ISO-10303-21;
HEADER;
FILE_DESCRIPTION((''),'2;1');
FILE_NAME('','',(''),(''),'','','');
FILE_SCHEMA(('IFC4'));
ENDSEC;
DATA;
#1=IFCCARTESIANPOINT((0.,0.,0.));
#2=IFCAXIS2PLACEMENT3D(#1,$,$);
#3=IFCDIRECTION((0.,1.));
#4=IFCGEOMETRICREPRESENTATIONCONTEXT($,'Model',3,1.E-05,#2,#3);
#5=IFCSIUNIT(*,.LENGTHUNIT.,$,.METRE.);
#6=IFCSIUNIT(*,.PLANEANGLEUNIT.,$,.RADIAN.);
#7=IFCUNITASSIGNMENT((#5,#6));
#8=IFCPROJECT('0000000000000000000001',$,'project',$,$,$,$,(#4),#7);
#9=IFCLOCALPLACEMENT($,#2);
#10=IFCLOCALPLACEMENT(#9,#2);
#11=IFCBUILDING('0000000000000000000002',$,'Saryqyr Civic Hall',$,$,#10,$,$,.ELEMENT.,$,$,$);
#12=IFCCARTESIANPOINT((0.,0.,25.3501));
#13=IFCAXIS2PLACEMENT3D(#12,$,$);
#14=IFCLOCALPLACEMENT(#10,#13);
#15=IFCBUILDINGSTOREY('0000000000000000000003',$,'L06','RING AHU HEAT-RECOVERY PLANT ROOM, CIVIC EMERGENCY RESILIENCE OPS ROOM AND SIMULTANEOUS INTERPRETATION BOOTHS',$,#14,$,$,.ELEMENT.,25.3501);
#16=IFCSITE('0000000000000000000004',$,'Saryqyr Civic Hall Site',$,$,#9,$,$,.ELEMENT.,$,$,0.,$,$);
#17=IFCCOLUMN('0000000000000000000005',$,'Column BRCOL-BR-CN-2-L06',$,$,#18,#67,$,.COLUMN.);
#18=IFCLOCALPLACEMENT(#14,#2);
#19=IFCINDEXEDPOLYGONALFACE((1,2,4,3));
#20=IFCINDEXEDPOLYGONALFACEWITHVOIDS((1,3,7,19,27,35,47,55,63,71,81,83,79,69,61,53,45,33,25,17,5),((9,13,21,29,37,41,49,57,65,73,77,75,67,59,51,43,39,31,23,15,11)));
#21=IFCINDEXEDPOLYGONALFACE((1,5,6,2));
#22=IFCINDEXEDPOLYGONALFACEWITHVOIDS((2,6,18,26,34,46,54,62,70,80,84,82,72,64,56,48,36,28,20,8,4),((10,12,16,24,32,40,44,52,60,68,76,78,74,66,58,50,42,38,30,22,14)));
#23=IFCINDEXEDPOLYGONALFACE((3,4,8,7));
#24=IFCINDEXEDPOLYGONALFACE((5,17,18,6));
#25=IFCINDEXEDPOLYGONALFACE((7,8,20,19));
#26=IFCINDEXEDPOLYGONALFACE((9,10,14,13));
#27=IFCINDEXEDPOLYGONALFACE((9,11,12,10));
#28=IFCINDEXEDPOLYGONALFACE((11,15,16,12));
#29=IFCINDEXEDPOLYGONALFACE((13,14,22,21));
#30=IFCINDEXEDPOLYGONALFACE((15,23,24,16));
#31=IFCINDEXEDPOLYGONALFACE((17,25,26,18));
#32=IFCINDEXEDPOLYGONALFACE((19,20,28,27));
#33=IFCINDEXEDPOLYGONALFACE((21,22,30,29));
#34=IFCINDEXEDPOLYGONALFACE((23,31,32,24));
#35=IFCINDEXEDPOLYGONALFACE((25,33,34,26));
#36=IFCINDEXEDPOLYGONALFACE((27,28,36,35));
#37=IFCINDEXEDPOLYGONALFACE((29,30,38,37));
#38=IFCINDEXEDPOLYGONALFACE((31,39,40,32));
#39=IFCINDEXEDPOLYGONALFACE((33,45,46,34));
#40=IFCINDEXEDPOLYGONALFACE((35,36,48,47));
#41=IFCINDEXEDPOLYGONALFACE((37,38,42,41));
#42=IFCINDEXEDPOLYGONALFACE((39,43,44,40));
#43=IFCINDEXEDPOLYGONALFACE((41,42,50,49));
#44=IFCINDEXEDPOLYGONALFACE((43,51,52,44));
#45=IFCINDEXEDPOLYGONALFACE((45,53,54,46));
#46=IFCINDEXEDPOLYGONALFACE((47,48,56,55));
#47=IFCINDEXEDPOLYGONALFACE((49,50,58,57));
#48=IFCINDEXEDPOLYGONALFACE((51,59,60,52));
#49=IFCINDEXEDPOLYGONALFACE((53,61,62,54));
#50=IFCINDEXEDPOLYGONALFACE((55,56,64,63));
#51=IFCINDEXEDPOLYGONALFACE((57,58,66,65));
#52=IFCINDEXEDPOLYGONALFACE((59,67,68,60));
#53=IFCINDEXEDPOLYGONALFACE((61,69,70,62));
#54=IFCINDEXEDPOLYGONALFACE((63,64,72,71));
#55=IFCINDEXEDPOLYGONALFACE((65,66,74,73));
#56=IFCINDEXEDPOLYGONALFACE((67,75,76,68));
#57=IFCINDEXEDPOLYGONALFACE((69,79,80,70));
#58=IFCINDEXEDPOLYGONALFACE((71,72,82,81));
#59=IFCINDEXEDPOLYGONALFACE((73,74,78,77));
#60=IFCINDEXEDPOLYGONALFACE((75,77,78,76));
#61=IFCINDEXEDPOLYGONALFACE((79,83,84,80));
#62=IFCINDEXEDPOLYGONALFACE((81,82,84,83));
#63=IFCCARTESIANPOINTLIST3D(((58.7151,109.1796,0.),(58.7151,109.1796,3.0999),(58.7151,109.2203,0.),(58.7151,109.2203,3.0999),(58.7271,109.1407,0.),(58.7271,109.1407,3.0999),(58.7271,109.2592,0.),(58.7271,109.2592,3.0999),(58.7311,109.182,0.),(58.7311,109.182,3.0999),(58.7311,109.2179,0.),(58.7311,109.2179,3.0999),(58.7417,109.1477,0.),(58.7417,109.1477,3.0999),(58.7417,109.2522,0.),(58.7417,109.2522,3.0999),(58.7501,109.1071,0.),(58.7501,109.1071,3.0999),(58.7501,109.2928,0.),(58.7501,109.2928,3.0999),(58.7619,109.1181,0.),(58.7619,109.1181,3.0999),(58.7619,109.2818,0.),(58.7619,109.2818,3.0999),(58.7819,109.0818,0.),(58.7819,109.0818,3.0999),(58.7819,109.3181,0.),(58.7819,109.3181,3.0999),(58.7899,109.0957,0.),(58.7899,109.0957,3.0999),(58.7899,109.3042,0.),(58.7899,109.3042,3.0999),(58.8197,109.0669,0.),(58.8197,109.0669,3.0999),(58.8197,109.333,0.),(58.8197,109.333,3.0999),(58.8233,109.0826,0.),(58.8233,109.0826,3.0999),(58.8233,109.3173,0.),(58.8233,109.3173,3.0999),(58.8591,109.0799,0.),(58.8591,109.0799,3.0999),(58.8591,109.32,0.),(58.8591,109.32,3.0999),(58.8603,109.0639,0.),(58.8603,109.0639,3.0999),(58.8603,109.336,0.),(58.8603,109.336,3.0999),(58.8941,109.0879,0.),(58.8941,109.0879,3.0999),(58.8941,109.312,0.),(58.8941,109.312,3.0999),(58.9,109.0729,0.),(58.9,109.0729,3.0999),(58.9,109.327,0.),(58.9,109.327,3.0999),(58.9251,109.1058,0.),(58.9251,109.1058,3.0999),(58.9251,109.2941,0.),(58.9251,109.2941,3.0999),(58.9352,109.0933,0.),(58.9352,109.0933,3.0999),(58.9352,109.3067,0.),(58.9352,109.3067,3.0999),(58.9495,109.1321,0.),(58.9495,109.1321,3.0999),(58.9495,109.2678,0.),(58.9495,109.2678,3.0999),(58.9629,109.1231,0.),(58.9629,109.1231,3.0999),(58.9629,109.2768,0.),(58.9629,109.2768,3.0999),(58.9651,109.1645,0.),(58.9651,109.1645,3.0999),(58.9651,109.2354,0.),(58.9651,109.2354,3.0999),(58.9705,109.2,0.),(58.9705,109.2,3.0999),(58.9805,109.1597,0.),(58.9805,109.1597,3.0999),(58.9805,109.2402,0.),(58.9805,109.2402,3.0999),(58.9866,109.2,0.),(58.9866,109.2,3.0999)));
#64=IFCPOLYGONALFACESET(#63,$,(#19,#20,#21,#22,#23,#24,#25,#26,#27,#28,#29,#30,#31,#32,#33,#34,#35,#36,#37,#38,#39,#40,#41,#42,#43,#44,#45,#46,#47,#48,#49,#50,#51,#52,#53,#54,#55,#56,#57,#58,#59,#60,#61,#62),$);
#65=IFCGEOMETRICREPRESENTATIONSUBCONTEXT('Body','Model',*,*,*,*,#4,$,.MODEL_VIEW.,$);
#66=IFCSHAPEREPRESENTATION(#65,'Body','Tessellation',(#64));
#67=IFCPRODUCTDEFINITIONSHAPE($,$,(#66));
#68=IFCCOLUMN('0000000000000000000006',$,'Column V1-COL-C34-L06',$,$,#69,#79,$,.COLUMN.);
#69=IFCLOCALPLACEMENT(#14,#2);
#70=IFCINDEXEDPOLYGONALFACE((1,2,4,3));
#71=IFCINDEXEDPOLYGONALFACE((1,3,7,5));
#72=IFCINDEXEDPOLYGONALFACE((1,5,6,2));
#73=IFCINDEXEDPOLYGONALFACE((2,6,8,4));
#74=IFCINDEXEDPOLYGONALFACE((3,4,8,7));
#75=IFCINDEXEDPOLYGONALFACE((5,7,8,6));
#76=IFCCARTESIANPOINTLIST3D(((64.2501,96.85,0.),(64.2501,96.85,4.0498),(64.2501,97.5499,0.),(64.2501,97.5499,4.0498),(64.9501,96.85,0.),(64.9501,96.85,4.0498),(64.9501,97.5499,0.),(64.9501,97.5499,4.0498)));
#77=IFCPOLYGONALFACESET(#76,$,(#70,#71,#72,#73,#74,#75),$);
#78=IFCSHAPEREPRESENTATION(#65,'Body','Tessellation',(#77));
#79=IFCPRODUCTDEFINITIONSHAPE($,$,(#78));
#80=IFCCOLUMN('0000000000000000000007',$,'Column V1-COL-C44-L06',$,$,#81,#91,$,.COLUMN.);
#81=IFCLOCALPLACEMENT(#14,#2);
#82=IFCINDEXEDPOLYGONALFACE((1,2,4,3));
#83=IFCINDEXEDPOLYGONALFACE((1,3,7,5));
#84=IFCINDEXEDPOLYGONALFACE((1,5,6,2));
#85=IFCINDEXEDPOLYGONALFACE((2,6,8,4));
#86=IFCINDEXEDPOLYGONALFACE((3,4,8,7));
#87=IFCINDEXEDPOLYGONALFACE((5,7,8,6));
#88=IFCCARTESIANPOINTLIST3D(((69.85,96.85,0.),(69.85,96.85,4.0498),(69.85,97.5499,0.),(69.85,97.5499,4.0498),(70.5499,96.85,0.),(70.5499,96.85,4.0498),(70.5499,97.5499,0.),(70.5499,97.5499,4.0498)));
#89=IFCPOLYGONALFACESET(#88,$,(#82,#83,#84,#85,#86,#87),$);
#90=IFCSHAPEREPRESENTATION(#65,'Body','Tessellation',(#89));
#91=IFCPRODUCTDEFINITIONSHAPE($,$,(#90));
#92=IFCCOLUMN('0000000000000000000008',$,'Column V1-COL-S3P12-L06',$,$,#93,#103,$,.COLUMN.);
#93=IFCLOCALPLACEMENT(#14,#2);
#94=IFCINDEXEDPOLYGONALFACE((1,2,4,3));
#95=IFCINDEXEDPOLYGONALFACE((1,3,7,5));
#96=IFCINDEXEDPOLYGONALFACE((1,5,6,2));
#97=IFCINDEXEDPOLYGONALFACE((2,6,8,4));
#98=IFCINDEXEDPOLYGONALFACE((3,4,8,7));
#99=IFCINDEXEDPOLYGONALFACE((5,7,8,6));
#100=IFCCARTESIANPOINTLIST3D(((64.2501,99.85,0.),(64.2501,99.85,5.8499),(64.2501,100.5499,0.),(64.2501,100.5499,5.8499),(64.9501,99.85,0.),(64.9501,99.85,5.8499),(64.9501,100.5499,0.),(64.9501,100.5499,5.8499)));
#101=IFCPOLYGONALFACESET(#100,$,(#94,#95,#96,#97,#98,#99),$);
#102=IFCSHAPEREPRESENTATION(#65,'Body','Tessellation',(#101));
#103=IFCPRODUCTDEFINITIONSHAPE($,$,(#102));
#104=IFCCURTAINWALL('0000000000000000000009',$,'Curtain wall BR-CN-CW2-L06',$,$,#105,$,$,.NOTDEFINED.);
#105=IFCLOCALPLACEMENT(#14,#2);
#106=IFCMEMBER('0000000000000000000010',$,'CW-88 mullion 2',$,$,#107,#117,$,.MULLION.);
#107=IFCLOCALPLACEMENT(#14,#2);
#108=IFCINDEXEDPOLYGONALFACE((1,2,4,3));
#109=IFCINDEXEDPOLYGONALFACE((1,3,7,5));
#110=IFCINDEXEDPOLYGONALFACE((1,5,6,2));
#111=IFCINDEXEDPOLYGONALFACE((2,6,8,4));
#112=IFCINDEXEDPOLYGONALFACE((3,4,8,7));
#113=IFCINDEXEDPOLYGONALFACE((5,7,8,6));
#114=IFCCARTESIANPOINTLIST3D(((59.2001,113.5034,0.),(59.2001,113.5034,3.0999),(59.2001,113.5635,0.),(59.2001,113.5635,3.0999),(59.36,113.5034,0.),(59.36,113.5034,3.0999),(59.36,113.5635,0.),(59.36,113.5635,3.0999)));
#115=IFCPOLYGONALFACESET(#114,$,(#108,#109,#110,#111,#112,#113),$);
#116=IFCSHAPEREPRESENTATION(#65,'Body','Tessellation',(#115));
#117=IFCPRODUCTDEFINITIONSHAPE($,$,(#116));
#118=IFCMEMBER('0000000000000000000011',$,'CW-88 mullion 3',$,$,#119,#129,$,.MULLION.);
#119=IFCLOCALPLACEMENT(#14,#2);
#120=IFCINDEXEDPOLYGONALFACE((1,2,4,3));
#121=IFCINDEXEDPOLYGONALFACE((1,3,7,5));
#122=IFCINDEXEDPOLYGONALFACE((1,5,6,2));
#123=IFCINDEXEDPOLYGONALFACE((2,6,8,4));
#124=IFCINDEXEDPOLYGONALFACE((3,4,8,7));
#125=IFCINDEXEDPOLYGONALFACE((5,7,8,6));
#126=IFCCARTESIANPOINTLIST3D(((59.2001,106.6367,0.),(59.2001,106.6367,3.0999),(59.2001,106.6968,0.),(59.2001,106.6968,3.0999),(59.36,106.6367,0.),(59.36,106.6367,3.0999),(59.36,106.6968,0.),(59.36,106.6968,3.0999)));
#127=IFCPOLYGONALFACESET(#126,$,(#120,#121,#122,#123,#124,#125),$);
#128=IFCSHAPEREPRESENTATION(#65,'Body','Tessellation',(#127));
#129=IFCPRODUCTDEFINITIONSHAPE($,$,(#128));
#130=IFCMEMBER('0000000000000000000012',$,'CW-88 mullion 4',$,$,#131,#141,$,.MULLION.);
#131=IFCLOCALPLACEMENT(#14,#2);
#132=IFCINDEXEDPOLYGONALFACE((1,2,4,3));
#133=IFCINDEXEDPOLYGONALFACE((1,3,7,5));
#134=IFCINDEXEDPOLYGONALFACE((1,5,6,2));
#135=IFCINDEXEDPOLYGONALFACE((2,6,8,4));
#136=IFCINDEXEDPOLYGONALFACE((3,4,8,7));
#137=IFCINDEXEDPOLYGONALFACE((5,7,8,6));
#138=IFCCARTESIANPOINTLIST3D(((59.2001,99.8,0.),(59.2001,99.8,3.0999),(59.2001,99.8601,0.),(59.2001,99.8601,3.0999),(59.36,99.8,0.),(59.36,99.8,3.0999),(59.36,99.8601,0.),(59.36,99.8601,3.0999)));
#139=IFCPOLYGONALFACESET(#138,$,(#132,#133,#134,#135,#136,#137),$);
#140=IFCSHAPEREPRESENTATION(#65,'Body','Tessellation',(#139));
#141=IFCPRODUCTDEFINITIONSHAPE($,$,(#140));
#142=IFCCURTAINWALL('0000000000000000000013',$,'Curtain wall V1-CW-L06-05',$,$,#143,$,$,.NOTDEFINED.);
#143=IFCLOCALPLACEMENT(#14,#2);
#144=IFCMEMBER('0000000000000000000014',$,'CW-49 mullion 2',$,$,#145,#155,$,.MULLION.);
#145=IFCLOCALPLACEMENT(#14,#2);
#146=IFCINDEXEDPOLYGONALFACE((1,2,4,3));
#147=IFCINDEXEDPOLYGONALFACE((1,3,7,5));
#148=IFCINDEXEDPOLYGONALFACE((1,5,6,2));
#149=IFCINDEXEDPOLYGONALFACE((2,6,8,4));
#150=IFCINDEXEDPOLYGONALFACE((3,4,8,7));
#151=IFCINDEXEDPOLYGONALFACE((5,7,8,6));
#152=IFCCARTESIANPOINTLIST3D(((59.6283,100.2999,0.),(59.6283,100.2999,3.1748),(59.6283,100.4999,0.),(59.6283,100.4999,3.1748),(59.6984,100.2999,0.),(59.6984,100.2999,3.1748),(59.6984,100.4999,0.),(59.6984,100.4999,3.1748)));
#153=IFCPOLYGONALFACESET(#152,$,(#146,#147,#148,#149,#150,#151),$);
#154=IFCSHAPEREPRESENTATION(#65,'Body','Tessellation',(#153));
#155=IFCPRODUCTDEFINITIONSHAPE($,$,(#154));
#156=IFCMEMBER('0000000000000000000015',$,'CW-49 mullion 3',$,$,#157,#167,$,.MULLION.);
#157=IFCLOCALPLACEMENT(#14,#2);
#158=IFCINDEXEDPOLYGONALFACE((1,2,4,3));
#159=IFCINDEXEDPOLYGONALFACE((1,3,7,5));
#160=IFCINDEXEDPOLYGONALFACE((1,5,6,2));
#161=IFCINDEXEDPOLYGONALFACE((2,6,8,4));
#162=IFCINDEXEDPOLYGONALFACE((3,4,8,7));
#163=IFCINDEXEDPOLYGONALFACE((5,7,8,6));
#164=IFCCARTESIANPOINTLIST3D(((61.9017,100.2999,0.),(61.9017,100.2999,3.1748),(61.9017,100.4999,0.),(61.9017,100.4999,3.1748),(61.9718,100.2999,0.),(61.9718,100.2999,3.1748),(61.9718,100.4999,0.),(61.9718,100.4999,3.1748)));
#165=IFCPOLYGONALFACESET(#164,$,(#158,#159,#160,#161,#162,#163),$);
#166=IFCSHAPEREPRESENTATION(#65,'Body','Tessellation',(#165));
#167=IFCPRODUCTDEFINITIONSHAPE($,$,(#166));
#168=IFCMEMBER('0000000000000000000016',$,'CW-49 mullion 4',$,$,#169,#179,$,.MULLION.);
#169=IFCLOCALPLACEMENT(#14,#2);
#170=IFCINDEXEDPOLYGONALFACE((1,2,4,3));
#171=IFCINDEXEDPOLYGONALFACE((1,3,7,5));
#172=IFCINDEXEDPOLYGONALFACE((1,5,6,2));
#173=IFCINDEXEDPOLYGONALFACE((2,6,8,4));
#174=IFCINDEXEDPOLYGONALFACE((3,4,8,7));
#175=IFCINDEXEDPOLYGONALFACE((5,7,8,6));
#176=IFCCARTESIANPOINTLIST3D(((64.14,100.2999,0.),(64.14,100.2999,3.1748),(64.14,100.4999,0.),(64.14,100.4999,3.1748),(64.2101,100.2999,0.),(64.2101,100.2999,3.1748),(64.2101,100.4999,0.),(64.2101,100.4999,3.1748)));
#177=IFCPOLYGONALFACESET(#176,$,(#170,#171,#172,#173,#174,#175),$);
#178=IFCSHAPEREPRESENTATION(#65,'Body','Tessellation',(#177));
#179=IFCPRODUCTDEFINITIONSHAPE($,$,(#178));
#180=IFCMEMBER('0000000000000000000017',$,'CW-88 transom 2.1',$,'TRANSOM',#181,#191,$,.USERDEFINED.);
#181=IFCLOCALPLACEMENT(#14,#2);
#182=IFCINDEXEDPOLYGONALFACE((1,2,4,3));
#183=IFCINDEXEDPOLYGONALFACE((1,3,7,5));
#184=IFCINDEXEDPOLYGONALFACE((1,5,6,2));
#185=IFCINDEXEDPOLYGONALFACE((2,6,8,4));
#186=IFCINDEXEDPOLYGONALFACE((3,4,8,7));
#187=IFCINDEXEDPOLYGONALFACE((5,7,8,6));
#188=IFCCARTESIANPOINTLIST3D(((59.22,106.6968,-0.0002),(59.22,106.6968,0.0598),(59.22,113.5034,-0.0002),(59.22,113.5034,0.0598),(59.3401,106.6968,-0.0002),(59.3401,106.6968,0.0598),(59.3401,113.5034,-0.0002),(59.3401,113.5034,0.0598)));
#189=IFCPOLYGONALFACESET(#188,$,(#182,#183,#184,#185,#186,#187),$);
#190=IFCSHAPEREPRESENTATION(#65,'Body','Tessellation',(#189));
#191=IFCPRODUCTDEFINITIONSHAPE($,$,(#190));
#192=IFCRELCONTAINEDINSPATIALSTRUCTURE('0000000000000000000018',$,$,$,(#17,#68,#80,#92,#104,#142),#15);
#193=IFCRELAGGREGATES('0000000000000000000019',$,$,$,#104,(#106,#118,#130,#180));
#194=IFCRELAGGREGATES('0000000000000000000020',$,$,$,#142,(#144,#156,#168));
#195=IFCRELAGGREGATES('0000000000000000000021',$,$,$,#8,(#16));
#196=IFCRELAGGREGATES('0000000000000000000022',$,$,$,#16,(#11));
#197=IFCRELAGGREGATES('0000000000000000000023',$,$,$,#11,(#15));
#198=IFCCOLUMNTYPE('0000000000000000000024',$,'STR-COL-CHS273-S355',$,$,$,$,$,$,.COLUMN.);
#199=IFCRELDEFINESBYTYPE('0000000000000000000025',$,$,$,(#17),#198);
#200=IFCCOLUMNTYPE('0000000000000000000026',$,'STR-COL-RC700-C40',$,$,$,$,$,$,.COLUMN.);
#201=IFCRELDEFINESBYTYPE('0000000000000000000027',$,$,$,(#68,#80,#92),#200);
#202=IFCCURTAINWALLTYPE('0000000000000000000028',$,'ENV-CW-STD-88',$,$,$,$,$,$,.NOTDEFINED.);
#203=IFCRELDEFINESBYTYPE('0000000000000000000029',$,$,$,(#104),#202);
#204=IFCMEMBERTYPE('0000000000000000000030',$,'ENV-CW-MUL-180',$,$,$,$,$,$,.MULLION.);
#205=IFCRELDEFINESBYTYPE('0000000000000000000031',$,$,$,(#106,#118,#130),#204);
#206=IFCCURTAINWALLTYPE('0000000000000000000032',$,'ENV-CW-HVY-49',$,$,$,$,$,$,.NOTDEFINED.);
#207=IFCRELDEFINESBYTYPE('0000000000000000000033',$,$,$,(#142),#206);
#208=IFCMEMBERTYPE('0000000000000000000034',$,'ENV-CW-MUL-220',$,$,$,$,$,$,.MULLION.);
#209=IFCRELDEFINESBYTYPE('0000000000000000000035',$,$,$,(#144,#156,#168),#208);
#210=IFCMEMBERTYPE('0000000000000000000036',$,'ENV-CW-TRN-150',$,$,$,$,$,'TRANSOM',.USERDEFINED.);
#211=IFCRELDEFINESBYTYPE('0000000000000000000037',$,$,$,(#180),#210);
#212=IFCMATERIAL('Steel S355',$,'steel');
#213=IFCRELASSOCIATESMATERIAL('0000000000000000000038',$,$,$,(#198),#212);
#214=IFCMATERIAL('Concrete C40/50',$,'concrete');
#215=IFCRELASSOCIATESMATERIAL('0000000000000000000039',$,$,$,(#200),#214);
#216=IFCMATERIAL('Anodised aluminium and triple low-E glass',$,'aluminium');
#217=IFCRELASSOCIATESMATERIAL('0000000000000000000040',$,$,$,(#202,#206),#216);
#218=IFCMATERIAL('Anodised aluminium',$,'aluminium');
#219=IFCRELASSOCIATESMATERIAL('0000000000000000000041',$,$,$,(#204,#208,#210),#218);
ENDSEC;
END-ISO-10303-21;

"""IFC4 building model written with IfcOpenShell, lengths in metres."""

from ifc_helpers import new_model, si_unit, direction, frame, origin, origin_2d, place, context, subcontext, project, spatial, rectangle, hollow_circle, extrude, material, material_profile, profile_set, type_object, element, aggregate, save


model = new_model("IFC4")

# Units and contexts
model_context = context("Model", 3, precision=1e-05, world=origin(), true_north=direction((0.0, 1.0)))
body_context = subcontext(model_context, "Body", "Model", "MODEL_VIEW")
ifc_project = project(units=[si_unit("LENGTHUNIT", "METRE"), si_unit("PLANEANGLEUNIT", "RADIAN")], contexts=[model_context])

# Site, building, storey
site_placement = place(None, origin())
site = spatial("IfcSite", under=ifc_project, at=site_placement, Name="Saryqyr Civic Hall Site", CompositionType="ELEMENT", RefElevation=0.0)
building_placement = place(site_placement, origin())
building = spatial("IfcBuilding", under=site, at=building_placement, Name="Saryqyr Civic Hall", CompositionType="ELEMENT")
storey_placement = place(building_placement, frame((0.0, 0.0, 25.3501)))
storey = spatial("IfcBuildingStorey", under=building, at=storey_placement, Name="L06", Description="RING AHU HEAT-RECOVERY PLANT ROOM, CIVIC EMERGENCY RESILIENCE OPS ROOM AND SIMULTANEOUS INTERPRETATION BOOTHS", CompositionType="ELEMENT", Elevation=25.3501)

# Columns
ifc_material_1 = material(Name="Steel S355", Category="steel")
ifc_material_profile_1 = material_profile(ifc_material_1, hollow_circle(Radius=0.1365, WallThickness=0.0161, at=origin_2d()), Name="CHS 273x16")
ifc_profile_set_1 = profile_set([ifc_material_profile_1], Name="Steel S355")
column_type_1 = type_object("IfcColumnType", Name="STR-COL-CHS273-S355", PredefinedType="COLUMN", material=ifc_profile_set_1)
column_1_placement = place(storey_placement, frame((58.8501, 109.2, 0.0), z_axis=(0.0, 0.0, 1.0), x_axis=(1.0, 0.0, 0.0)))
element("IfcColumn", 1, at=column_1_placement, inside=storey, type_object=column_type_1, Name="Column BRCOL-BR-CN-2-L06", PredefinedType="COLUMN", context=body_context, shape_type="SweptSolid", body=[
    extrude(hollow_circle(Radius=0.1365, WallThickness=0.0161, at=origin_2d()), origin(), (0.0, 0.0, 1.0), 3.0999),
])
ifc_material_2 = material(Name="Concrete C40/50", Category="concrete")
ifc_material_profile_2 = material_profile(ifc_material_2, rectangle(XDim=0.7, YDim=0.7, at=origin_2d()), Name="RC 700x700")
ifc_profile_set_2 = profile_set([ifc_material_profile_2], Name="Concrete C40/50")
column_type_2 = type_object("IfcColumnType", Name="STR-COL-RC700-C40", PredefinedType="COLUMN", material=ifc_profile_set_2)
for number, where, z_axis, x_axis, name in (
    (2, (64.6001, 97.2, 0.0), (0.0, 0.0, 1.0), (1.0, 0.0, 0.0), "Column V1-COL-C34-L06"),
    (3, (70.2, 97.2, 0.0), (0.0, 0.0, 1.0), (1.0, 0.0, 0.0), "Column V1-COL-C44-L06"),
):
    element("IfcColumn", number, at=place(storey_placement, frame(where, z_axis=z_axis, x_axis=x_axis)), inside=storey, type_object=column_type_2, Name=name, PredefinedType="COLUMN", context=body_context, shape_type="SweptSolid", body=[
        extrude(rectangle(XDim=0.7, YDim=0.7, at=origin_2d()), origin(), (0.0, 0.0, 1.0), 4.0498),
    ])
column_2_placement = place(storey_placement, frame((64.6001, 100.2, 0.0), z_axis=(0.0, 0.0, 1.0), x_axis=(1.0, 0.0, 0.0)))
element("IfcColumn", 4, at=column_2_placement, inside=storey, type_object=column_type_2, Name="Column V1-COL-S3P12-L06", PredefinedType="COLUMN", context=body_context, shape_type="SweptSolid", body=[
    extrude(rectangle(XDim=0.7, YDim=0.7, at=origin_2d()), origin(), (0.0, 0.0, 1.0), 5.8499),
])

# Curtain walls, members
ifc_material_3 = material(Name="Anodised aluminium and triple low-E glass", Category="aluminium")
curtain_wall_type_1 = type_object("IfcCurtainWallType", Name="ENV-CW-STD-88", PredefinedType="NOTDEFINED", material=ifc_material_3)
curtain_wall_1_placement = place(storey_placement, origin())
curtain_wall_1 = element("IfcCurtainWall", 5, at=curtain_wall_1_placement, inside=storey, type_object=curtain_wall_type_1, Name="Curtain wall BR-CN-CW2-L06", PredefinedType="NOTDEFINED")
ifc_material_4 = material(Name="Anodised aluminium", Category="aluminium")
ifc_material_profile_3 = material_profile(ifc_material_4, rectangle(XDim=0.0601, YDim=0.1599, at=origin_2d()), Name="ALU MULLION 60x160")
ifc_profile_set_3 = profile_set([ifc_material_profile_3], Name="Anodised aluminium")
member_type_1 = type_object("IfcMemberType", Name="ENV-CW-MUL-180", PredefinedType="MULLION", material=ifc_profile_set_3)
member_1_placement = place(storey_placement, frame((59.28, 113.5334, 0.0), z_axis=(0.0, 0.0, 1.0), x_axis=(0.0, -1.0, 0.0)))
member_1 = element("IfcMember", 6, at=member_1_placement, type_object=member_type_1, Name="CW-88 mullion 2", PredefinedType="MULLION", context=body_context, shape_type="SweptSolid", body=[
    extrude(rectangle(XDim=0.0601, YDim=0.1599, at=origin_2d()), origin(), (0.0, 0.0, 1.0), 3.0999),
])
member_2_placement = place(storey_placement, frame((59.28, 106.6667, 0.0), z_axis=(0.0, 0.0, 1.0), x_axis=(0.0, -1.0, 0.0)))
member_2 = element("IfcMember", 7, at=member_2_placement, type_object=member_type_1, Name="CW-88 mullion 3", PredefinedType="MULLION", context=body_context, shape_type="SweptSolid", body=[
    extrude(rectangle(XDim=0.0601, YDim=0.1599, at=origin_2d()), origin(), (0.0, 0.0, 1.0), 3.0999),
])
member_3_placement = place(storey_placement, frame((59.28, 99.8301, 0.0), z_axis=(0.0, 0.0, 1.0), x_axis=(0.0, -1.0, 0.0)))
member_3 = element("IfcMember", 8, at=member_3_placement, type_object=member_type_1, Name="CW-88 mullion 4", PredefinedType="MULLION", context=body_context, shape_type="SweptSolid", body=[
    extrude(rectangle(XDim=0.0601, YDim=0.1599, at=origin_2d()), origin(), (0.0, 0.0, 1.0), 3.0999),
])
curtain_wall_type_2 = type_object("IfcCurtainWallType", Name="ENV-CW-HVY-49", PredefinedType="NOTDEFINED", material=ifc_material_3)
curtain_wall_2_placement = place(storey_placement, origin())
curtain_wall_2 = element("IfcCurtainWall", 9, at=curtain_wall_2_placement, inside=storey, type_object=curtain_wall_type_2, Name="Curtain wall V1-CW-L06-05", PredefinedType="NOTDEFINED")
ifc_material_profile_4 = material_profile(ifc_material_4, rectangle(XDim=0.0701, YDim=0.2, at=origin_2d()), Name="ALU MULLION 70x200")
ifc_profile_set_4 = profile_set([ifc_material_profile_4], Name="Anodised aluminium")
member_type_2 = type_object("IfcMemberType", Name="ENV-CW-MUL-220", PredefinedType="MULLION", material=ifc_profile_set_4)
member_4_placement = place(storey_placement, frame((59.6633, 100.3999, 0.0), z_axis=(0.0, 0.0, 1.0), x_axis=(1.0, 0.0, 0.0)))
member_4 = element("IfcMember", 10, at=member_4_placement, type_object=member_type_2, Name="CW-49 mullion 2", PredefinedType="MULLION", context=body_context, shape_type="SweptSolid", body=[
    extrude(rectangle(XDim=0.0701, YDim=0.2, at=origin_2d()), origin(), (0.0, 0.0, 1.0), 3.1748),
])
member_5_placement = place(storey_placement, frame((61.9368, 100.3999, 0.0), z_axis=(0.0, 0.0, 1.0), x_axis=(1.0, 0.0, 0.0)))
member_5 = element("IfcMember", 11, at=member_5_placement, type_object=member_type_2, Name="CW-49 mullion 3", PredefinedType="MULLION", context=body_context, shape_type="SweptSolid", body=[
    extrude(rectangle(XDim=0.0701, YDim=0.2, at=origin_2d()), origin(), (0.0, 0.0, 1.0), 3.1748),
])
member_6_placement = place(storey_placement, frame((64.175, 100.3999, 0.0), z_axis=(0.0, 0.0, 1.0), x_axis=(1.0, 0.0, 0.0)))
member_6 = element("IfcMember", 12, at=member_6_placement, type_object=member_type_2, Name="CW-49 mullion 4", PredefinedType="MULLION", context=body_context, shape_type="SweptSolid", body=[
    extrude(rectangle(XDim=0.0701, YDim=0.2, at=origin_2d()), origin(), (0.0, 0.0, 1.0), 3.1748),
])

# Member
ifc_material_profile_5 = material_profile(ifc_material_4, rectangle(XDim=0.1201, YDim=0.0601, at=origin_2d()), Name="ALU TRANSOM 120x60")
ifc_profile_set_5 = profile_set([ifc_material_profile_5], Name="Anodised aluminium")
member_type_3 = type_object("IfcMemberType", Name="ENV-CW-TRN-150", ElementType="TRANSOM", PredefinedType="USERDEFINED", material=ifc_profile_set_5)
member_7_placement = place(storey_placement, frame((59.28, 113.5034, 0.0298), z_axis=(0.0, -1.0, 0.0), x_axis=(1.0, 0.0, 0.0)))
member_7 = element("IfcMember", 13, at=member_7_placement, type_object=member_type_3, Name="CW-88 transom 2.1", ObjectType="TRANSOM", PredefinedType="USERDEFINED", context=body_context, shape_type="SweptSolid", body=[
    extrude(rectangle(XDim=0.1201, YDim=0.0601, at=origin_2d()), origin(), (0.0, 0.0, 1.0), 6.8066),
])

aggregate(curtain_wall_1, [member_1, member_2, member_3, member_7])
aggregate(curtain_wall_2, [member_4, member_5, member_6])

save(model, "model.ifc")
